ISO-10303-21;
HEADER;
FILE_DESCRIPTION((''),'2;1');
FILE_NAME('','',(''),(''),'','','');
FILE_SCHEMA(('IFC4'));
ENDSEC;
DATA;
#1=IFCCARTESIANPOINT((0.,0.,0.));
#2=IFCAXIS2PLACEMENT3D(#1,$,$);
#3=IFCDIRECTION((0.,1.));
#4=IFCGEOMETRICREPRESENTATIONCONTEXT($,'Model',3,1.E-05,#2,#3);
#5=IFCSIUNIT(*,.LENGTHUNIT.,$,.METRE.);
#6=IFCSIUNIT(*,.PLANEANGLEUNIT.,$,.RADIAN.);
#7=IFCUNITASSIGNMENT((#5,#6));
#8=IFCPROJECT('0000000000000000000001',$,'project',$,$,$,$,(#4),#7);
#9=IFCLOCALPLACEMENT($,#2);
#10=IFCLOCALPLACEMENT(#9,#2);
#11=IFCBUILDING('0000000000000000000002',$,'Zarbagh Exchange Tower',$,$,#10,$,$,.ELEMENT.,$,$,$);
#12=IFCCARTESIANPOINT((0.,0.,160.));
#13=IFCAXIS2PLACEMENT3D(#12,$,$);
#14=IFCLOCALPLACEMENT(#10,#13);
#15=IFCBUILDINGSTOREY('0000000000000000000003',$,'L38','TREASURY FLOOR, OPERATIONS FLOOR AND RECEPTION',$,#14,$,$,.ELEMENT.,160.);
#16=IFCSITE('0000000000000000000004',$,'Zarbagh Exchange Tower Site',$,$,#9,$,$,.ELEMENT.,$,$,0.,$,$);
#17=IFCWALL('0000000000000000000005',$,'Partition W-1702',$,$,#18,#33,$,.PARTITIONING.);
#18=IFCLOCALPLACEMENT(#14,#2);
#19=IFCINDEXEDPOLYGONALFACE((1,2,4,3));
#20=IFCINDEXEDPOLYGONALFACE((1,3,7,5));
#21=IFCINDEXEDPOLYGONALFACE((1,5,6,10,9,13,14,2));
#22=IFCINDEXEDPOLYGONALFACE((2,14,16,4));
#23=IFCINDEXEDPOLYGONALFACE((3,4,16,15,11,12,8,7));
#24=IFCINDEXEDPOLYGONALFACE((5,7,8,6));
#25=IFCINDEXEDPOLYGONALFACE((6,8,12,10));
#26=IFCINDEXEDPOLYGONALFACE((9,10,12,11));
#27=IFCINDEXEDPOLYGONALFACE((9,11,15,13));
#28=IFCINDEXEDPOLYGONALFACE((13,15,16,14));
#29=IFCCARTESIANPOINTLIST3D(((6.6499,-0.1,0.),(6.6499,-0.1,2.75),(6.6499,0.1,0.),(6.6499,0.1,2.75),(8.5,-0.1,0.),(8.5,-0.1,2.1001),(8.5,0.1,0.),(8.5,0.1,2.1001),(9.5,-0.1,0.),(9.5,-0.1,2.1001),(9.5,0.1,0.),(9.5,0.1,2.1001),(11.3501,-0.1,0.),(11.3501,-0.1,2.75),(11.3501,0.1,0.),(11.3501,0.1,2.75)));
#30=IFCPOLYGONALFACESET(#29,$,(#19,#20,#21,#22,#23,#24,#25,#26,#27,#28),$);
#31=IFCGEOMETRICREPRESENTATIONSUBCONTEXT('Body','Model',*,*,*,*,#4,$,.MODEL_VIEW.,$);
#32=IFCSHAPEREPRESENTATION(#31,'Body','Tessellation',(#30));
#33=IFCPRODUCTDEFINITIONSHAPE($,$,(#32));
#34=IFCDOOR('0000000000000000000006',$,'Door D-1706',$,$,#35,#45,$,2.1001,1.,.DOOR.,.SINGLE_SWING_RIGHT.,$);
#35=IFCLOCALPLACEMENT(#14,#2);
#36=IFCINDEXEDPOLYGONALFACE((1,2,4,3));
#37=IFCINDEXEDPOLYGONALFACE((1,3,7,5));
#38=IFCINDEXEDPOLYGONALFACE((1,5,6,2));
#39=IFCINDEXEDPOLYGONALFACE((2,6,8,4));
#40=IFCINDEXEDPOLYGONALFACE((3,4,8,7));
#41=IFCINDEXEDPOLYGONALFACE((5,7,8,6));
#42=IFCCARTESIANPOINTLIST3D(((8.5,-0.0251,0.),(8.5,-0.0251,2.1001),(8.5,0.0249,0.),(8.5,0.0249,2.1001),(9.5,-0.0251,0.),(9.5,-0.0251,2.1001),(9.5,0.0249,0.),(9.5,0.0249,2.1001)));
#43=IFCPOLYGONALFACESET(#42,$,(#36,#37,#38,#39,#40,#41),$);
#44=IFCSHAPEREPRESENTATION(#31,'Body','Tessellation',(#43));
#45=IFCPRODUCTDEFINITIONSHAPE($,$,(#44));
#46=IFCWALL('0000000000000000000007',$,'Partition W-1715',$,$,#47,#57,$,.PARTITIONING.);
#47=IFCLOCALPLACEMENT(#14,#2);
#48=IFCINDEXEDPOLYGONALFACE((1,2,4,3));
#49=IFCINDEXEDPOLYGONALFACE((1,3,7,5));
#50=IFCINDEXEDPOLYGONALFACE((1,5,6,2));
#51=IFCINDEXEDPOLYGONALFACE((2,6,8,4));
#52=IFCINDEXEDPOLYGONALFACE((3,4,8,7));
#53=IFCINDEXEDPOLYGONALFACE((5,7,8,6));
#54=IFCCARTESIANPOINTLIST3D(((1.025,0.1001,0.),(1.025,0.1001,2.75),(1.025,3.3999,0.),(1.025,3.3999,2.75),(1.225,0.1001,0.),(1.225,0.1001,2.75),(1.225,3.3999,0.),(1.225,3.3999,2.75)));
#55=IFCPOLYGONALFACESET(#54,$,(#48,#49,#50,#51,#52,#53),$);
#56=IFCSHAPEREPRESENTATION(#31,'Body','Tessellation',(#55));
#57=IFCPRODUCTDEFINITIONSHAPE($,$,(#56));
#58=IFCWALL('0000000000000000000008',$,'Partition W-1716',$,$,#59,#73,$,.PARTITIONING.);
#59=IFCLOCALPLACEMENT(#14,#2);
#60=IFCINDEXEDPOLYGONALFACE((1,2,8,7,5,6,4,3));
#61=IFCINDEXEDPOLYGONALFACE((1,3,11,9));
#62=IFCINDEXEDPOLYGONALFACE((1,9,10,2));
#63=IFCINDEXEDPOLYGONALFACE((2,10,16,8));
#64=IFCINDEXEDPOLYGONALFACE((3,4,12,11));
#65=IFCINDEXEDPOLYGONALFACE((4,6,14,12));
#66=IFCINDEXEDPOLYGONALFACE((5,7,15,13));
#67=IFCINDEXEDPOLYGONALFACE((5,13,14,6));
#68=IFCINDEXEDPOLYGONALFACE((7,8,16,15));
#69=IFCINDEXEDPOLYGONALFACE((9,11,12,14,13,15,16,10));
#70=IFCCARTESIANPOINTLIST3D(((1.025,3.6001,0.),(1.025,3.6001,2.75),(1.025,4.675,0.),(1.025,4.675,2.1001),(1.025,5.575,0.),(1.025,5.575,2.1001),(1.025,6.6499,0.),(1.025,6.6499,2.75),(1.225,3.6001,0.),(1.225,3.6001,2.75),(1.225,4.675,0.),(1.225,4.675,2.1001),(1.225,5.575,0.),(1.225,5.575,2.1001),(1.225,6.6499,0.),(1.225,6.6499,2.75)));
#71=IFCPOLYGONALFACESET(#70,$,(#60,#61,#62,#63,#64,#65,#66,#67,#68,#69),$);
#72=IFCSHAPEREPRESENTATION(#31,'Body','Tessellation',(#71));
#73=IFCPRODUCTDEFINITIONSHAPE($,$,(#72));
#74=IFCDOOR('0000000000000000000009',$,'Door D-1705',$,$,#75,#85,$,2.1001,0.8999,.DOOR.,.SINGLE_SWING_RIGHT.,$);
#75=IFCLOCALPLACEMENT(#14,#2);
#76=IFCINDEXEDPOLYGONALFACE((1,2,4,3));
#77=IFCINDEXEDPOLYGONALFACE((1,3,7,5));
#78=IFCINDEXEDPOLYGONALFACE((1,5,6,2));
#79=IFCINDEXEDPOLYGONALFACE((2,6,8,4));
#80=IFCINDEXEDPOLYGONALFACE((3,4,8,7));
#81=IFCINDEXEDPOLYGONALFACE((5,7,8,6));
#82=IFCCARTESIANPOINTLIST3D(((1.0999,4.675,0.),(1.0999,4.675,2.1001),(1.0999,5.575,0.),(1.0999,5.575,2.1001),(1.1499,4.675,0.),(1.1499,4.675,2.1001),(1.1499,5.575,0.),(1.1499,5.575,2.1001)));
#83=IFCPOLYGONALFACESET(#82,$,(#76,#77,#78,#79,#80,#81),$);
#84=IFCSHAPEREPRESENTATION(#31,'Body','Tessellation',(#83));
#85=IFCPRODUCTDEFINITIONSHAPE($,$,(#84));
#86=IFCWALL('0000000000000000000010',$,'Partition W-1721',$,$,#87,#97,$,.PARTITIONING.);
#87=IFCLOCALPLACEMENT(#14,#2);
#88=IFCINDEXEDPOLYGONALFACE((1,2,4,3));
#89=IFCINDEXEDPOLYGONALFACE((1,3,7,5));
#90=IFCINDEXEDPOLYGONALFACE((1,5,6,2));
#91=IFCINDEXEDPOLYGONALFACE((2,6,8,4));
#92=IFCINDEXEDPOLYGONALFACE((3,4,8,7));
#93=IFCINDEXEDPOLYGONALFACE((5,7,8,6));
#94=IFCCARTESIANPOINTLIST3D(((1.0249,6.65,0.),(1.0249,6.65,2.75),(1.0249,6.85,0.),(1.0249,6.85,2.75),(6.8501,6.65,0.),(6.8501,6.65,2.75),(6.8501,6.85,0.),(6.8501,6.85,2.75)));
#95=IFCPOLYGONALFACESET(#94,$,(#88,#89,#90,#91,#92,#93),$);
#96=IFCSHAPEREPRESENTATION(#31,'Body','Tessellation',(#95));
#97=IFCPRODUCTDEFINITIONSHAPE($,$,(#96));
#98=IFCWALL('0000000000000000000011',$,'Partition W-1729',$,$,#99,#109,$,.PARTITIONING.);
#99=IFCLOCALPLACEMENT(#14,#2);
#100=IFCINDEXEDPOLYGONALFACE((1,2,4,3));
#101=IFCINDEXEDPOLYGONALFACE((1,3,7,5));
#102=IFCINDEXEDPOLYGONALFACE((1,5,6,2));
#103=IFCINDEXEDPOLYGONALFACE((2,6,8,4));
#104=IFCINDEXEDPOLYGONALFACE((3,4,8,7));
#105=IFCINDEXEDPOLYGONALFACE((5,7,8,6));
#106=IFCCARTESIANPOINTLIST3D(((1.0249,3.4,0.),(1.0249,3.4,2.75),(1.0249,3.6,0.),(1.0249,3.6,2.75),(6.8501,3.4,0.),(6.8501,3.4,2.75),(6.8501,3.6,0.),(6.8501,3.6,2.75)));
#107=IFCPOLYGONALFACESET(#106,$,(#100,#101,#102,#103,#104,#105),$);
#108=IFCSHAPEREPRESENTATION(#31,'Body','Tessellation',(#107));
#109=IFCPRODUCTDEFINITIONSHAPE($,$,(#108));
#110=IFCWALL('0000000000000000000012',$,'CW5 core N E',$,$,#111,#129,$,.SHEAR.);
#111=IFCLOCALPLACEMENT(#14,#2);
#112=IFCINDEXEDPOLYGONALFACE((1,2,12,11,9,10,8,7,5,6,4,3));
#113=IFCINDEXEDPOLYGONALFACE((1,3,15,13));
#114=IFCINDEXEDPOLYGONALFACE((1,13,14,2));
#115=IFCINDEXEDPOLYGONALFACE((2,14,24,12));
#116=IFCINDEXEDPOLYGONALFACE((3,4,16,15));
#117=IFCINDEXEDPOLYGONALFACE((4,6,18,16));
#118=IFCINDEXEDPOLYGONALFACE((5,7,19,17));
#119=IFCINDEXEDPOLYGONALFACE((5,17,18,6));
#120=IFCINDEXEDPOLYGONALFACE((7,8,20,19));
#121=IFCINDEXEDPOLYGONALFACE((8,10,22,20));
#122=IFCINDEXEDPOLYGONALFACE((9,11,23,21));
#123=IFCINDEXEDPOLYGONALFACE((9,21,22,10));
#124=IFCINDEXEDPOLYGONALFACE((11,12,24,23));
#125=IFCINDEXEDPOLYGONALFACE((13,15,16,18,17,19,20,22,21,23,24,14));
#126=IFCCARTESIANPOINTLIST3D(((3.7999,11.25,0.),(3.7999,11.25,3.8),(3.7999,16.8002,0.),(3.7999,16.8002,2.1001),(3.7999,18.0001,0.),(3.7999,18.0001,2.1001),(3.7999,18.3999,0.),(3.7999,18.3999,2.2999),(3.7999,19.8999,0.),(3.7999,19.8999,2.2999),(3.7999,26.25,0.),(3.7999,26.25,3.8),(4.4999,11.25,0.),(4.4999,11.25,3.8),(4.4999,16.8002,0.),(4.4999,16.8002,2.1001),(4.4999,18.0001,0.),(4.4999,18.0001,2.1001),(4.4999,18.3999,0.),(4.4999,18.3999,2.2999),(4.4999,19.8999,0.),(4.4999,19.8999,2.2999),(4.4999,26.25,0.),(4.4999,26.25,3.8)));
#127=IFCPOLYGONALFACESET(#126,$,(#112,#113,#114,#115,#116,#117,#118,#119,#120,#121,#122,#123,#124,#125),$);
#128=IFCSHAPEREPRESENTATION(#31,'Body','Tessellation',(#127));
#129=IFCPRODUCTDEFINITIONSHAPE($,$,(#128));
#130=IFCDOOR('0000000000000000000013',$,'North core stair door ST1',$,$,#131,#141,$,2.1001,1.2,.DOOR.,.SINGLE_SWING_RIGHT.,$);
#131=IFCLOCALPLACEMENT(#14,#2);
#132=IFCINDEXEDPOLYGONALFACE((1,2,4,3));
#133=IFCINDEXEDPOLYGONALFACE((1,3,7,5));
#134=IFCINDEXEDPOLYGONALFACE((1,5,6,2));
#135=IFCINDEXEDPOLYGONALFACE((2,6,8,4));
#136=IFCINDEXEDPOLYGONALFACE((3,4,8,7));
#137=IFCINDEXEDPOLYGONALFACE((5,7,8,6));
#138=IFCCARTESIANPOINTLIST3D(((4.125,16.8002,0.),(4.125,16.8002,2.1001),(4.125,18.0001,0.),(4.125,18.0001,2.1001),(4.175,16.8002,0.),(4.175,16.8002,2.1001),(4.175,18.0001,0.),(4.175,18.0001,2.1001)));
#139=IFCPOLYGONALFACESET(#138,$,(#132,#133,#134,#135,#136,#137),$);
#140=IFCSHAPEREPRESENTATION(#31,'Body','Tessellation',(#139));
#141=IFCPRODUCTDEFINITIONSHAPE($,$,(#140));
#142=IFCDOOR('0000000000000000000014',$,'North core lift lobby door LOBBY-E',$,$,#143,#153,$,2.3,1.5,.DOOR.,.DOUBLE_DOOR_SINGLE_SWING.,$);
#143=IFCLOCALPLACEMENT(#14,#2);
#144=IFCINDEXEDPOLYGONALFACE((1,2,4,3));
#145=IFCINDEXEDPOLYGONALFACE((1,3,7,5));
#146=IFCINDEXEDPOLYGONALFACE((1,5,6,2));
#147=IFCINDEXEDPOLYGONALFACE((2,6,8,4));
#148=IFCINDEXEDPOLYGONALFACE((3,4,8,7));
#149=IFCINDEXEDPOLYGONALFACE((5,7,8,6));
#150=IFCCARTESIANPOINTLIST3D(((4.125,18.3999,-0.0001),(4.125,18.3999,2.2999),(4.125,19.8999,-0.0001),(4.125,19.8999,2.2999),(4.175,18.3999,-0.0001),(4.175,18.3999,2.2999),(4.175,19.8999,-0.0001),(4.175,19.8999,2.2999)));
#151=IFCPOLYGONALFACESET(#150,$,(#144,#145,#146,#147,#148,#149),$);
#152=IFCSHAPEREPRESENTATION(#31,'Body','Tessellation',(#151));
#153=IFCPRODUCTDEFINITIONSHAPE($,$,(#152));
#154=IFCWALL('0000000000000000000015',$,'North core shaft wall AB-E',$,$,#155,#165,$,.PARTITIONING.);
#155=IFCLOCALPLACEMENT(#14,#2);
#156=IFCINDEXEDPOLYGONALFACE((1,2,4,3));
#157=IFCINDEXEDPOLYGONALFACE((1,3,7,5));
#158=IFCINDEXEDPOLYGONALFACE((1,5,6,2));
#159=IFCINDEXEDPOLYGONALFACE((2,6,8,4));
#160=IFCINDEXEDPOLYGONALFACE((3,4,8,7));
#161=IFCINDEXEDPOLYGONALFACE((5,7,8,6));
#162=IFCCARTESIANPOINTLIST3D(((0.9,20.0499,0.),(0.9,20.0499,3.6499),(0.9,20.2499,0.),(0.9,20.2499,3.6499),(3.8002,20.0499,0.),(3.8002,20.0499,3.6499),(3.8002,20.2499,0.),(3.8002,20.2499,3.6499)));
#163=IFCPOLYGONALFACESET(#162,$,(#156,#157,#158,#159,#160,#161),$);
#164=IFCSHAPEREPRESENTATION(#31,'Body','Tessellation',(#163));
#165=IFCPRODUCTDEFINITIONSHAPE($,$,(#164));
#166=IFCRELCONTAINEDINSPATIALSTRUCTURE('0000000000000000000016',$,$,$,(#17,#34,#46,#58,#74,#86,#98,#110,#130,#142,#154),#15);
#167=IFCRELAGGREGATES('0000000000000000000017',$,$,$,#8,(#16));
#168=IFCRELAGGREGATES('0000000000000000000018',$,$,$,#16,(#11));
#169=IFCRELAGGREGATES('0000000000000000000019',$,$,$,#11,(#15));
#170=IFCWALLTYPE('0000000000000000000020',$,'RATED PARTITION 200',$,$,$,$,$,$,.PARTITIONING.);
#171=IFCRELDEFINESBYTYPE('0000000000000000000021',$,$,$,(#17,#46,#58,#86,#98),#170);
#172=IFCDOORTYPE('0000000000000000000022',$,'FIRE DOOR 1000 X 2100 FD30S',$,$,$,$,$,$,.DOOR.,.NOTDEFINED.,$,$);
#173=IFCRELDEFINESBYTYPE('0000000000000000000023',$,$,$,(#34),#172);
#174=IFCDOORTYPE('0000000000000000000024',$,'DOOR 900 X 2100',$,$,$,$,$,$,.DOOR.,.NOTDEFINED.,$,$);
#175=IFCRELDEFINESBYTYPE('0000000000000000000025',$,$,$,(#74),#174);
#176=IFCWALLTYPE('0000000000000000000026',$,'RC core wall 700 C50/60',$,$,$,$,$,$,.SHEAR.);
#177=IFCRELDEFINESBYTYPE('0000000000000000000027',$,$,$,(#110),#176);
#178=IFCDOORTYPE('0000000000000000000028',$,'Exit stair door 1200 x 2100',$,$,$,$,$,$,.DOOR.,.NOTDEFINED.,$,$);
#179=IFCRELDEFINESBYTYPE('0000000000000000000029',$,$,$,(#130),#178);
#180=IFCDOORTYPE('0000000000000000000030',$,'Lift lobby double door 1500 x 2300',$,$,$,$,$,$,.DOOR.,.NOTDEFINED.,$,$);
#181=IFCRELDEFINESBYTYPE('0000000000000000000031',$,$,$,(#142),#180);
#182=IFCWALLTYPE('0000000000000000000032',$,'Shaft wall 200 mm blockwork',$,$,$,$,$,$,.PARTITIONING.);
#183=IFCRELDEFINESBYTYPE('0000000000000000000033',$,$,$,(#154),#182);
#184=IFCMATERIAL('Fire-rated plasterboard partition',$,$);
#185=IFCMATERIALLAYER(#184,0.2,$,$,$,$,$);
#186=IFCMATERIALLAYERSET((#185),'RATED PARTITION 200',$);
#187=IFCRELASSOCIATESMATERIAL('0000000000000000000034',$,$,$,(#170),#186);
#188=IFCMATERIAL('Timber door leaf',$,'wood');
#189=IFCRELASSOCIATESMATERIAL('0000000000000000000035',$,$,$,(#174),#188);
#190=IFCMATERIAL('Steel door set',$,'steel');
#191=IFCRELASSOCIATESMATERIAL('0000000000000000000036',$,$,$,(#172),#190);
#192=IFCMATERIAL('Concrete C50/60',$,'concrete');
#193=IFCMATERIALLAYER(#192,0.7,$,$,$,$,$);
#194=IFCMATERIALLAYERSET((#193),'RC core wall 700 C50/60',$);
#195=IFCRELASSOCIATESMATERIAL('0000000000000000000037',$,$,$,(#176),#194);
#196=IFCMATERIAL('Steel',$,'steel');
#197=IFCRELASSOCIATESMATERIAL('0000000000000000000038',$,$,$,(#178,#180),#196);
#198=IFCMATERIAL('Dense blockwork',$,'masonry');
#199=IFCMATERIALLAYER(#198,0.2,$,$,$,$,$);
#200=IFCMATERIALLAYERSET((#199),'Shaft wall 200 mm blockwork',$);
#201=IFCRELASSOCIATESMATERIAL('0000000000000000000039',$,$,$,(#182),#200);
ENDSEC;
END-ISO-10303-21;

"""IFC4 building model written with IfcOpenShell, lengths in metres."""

from ifc_helpers import new_model, si_unit, direction, frame, frame_2d, origin, place, context, subcontext, project, spatial, rectangle, extrude, material, layer, layer_set, type_object, element, fill, save


model = new_model("IFC4")

# Units and contexts
model_context = context("Model", 3, precision=1e-05, world=origin(), true_north=direction((0.0, 1.0)))
body_context = subcontext(model_context, "Body", "Model", "MODEL_VIEW")
ifc_project = project(units=[si_unit("LENGTHUNIT", "METRE"), si_unit("PLANEANGLEUNIT", "RADIAN")], contexts=[model_context])

# Site, building, storey
site_placement = place(None, origin())
site = spatial("IfcSite", under=ifc_project, at=site_placement, Name="Zarbagh Exchange Tower Site", CompositionType="ELEMENT", RefElevation=0.0)
building_placement = place(site_placement, origin())
building = spatial("IfcBuilding", under=site, at=building_placement, Name="Zarbagh Exchange Tower", CompositionType="ELEMENT")
storey_placement = place(building_placement, frame((0.0, 0.0, 160.0)))
storey = spatial("IfcBuildingStorey", under=building, at=storey_placement, Name="L38", Description="TREASURY FLOOR, OPERATIONS FLOOR AND RECEPTION", CompositionType="ELEMENT", Elevation=160.0)

# Shared definitions
ifc_material_1 = material(Name="Concrete C50/60", Category="concrete")

# Shared definitions
ifc_material_2 = material(Name="Dense blockwork", Category="masonry")

# Wall, opening, door
ifc_material_3 = material(Name="Fire-rated plasterboard partition")
ifc_layer_1 = layer(ifc_material_3, 0.2)
ifc_layer_set_1 = layer_set([ifc_layer_1], Name="RATED PARTITION 200")
wall_type_1 = type_object("IfcWallType", Name="RATED PARTITION 200", PredefinedType="PARTITIONING", material=ifc_layer_set_1)
ifc_material_4 = material(Name="Timber door leaf", Category="wood")
door_type_1 = type_object("IfcDoorType", Name="DOOR 900 X 2100", OperationType="NOTDEFINED", PredefinedType="DOOR", material=ifc_material_4)
wall_1_placement = place(storey_placement, frame((6.6499, 0.0, 0.0), z_axis=(0.0, 0.0, 1.0), x_axis=(1.0, 0.0, 0.0)))
wall_1 = element("IfcWall", 1, at=wall_1_placement, inside=storey, type_object=wall_type_1, Name="Partition W-1702", PredefinedType="PARTITIONING", context=body_context, shape_type="SweptSolid", body=[
    extrude(rectangle(XDim=4.7002, YDim=0.2, at=frame_2d((2.3501, 0.0))), origin(), (0.0, 0.0, 1.0), 2.75),
])
opening_1_placement = place(wall_1_placement, frame((1.8501, 0.0, 0.0)))
opening_1 = element("IfcOpeningElement", 2, at=opening_1_placement, cuts=wall_1, PredefinedType="OPENING", context=body_context, shape_type="SweptSolid", body=[
    extrude(rectangle(XDim=1.0, YDim=2.1001, at=frame_2d((0.5, 1.05))), frame((0.0, 0.1099, 0.0), z_axis=(0.0, -1.0, 0.0), x_axis=(1.0, 0.0, 0.0)), (0.0, 0.0, 1.0), 0.22),
])
ifc_material_5 = material(Name="Steel door set", Category="steel")
door_type_2 = type_object("IfcDoorType", Name="FIRE DOOR 1000 X 2100 FD30S", OperationType="NOTDEFINED", PredefinedType="DOOR", material=ifc_material_5)
door_1_placement = place(opening_1_placement, origin())
door_1 = element("IfcDoor", 3, at=door_1_placement, inside=storey, type_object=door_type_2, Name="Door D-1706", OperationType="SINGLE_SWING_RIGHT", OverallHeight=2.1001, OverallWidth=1.0, PredefinedType="DOOR", context=body_context, shape_type="SweptSolid", body=[
    extrude(rectangle(XDim=1.0, YDim=2.1001, at=frame_2d((0.5, 1.05))), frame((0.0, 0.0249, 0.0), z_axis=(0.0, -1.0, 0.0), x_axis=(1.0, 0.0, 0.0)), (0.0, 0.0, 1.0), 0.05),
])
fill(opening_1, door_1)

# Wall
wall_2_placement = place(storey_placement, frame((1.125, 0.1001, 0.0), z_axis=(0.0, 0.0, 1.0), x_axis=(0.0, 1.0, 0.0)))
element("IfcWall", 4, at=wall_2_placement, inside=storey, type_object=wall_type_1, Name="Partition W-1715", PredefinedType="PARTITIONING", context=body_context, shape_type="SweptSolid", body=[
    extrude(rectangle(XDim=3.2998, YDim=0.2, at=frame_2d((1.6499, 0.0))), origin(), (0.0, 0.0, 1.0), 2.75),
])

# Wall, opening, door
wall_3_placement = place(storey_placement, frame((1.125, 6.6499, 0.0), z_axis=(0.0, 0.0, 1.0), x_axis=(0.0, -1.0, 0.0)))
wall_3 = element("IfcWall", 5, at=wall_3_placement, inside=storey, type_object=wall_type_1, Name="Partition W-1716", PredefinedType="PARTITIONING", context=body_context, shape_type="SweptSolid", body=[
    extrude(rectangle(XDim=3.0498, YDim=0.2, at=frame_2d((1.5249, 0.0))), origin(), (0.0, 0.0, 1.0), 2.75),
])
opening_2_placement = place(wall_3_placement, frame((1.075, 0.0, 0.0)))
opening_2 = element("IfcOpeningElement", 6, at=opening_2_placement, cuts=wall_3, PredefinedType="OPENING", context=body_context, shape_type="SweptSolid", body=[
    extrude(rectangle(XDim=0.8999, YDim=2.1001, at=frame_2d((0.45, 1.05))), frame((0.0, 0.1099, 0.0), z_axis=(0.0, -1.0, 0.0), x_axis=(1.0, 0.0, 0.0)), (0.0, 0.0, 1.0), 0.22),
])
door_2_placement = place(opening_2_placement, origin())
door_2 = element("IfcDoor", 7, at=door_2_placement, inside=storey, type_object=door_type_1, Name="Door D-1705", OperationType="SINGLE_SWING_RIGHT", OverallHeight=2.1001, OverallWidth=0.8999, PredefinedType="DOOR", context=body_context, shape_type="SweptSolid", body=[
    extrude(rectangle(XDim=0.8999, YDim=2.1001, at=frame_2d((0.45, 1.05))), frame((0.0, 0.0249, 0.0), z_axis=(0.0, -1.0, 0.0), x_axis=(1.0, 0.0, 0.0)), (0.0, 0.0, 1.0), 0.05),
])
fill(opening_2, door_2)

# Walls
for number, where, z_axis, x_axis, name in (
    (8, (1.0249, 6.75, 0.0), (0.0, 0.0, 1.0), (1.0, 0.0, 0.0), "Partition W-1721"),
    (9, (1.0249, 3.5, 0.0), (0.0, 0.0, 1.0), (1.0, 0.0, 0.0), "Partition W-1729"),
):
    element("IfcWall", number, at=place(storey_placement, frame(where, z_axis=z_axis, x_axis=x_axis)), inside=storey, type_object=wall_type_1, Name=name, PredefinedType="PARTITIONING", context=body_context, shape_type="SweptSolid", body=[
        extrude(rectangle(XDim=5.8252, YDim=0.2, at=frame_2d((2.9126, 0.0))), origin(), (0.0, 0.0, 1.0), 2.75),
    ])

# Wall, openings, doors
ifc_layer_2 = layer(ifc_material_1, 0.7)
ifc_layer_set_2 = layer_set([ifc_layer_2], Name="RC core wall 700 C50/60")
wall_type_2 = type_object("IfcWallType", Name="RC core wall 700 C50/60", PredefinedType="SHEAR", material=ifc_layer_set_2)
wall_4_placement = place(storey_placement, frame((4.1499, 11.25, 0.0), z_axis=(0.0, 0.0, 1.0), x_axis=(0.0, 1.0, 0.0)))
wall_4 = element("IfcWall", 10, at=wall_4_placement, inside=storey, type_object=wall_type_2, Name="CW5 core N E", PredefinedType="SHEAR", context=body_context, shape_type="SweptSolid", body=[
    extrude(rectangle(XDim=15.0, YDim=0.7, at=frame_2d((7.5, 0.0))), origin(), (0.0, 0.0, 1.0), 3.8),
])
opening_3_placement = place(wall_4_placement, frame((7.1499, 0.0, 0.0)))
opening_3 = element("IfcOpeningElement", 11, at=opening_3_placement, cuts=wall_4, PredefinedType="OPENING", context=body_context, shape_type="SweptSolid", body=[
    extrude(rectangle(XDim=1.5, YDim=2.3, at=frame_2d((0.75, 1.1499))), frame((0.0, 0.3599, 0.0), z_axis=(0.0, -1.0, 0.0), x_axis=(1.0, 0.0, 0.0)), (0.0, 0.0, 1.0), 0.72),
])
opening_4_placement = place(wall_4_placement, frame((5.55, 0.0, 0.0)))
opening_4 = element("IfcOpeningElement", 12, at=opening_4_placement, cuts=wall_4, PredefinedType="OPENING", context=body_context, shape_type="SweptSolid", body=[
    extrude(rectangle(XDim=1.2, YDim=2.1001, at=frame_2d((0.6001, 1.05))), frame((0.0, 0.3599, 0.0), z_axis=(0.0, -1.0, 0.0), x_axis=(1.0, 0.0, 0.0)), (0.0, 0.0, 1.0), 0.72),
])
ifc_material_6 = material(Name="Steel", Category="steel")
door_type_3 = type_object("IfcDoorType", Name="Exit stair door 1200 x 2100", OperationType="NOTDEFINED", PredefinedType="DOOR", material=ifc_material_6)
door_3_placement = place(opening_4_placement, origin())
door_3 = element("IfcDoor", 13, at=door_3_placement, inside=storey, type_object=door_type_3, Name="North core stair door ST1", OperationType="SINGLE_SWING_RIGHT", OverallHeight=2.1001, OverallWidth=1.2, PredefinedType="DOOR", context=body_context, shape_type="SweptSolid", body=[
    extrude(rectangle(XDim=1.2, YDim=2.1001, at=frame_2d((0.6001, 1.05))), frame((0.0, 0.0249, 0.0), z_axis=(0.0, -1.0, 0.0), x_axis=(1.0, 0.0, 0.0)), (0.0, 0.0, 1.0), 0.05),
])
fill(opening_4, door_3)
door_type_4 = type_object("IfcDoorType", Name="Lift lobby double door 1500 x 2300", OperationType="NOTDEFINED", PredefinedType="DOOR", material=ifc_material_6)
door_4_placement = place(opening_3_placement, origin())
door_4 = element("IfcDoor", 14, at=door_4_placement, inside=storey, type_object=door_type_4, Name="North core lift lobby door LOBBY-E", OperationType="DOUBLE_DOOR_SINGLE_SWING", OverallHeight=2.3, OverallWidth=1.5, PredefinedType="DOOR", context=body_context, shape_type="SweptSolid", body=[
    extrude(rectangle(XDim=1.5, YDim=2.3, at=frame_2d((0.75, 1.1499))), frame((0.0, 0.0249, 0.0), z_axis=(0.0, -1.0, 0.0), x_axis=(1.0, 0.0, 0.0)), (0.0, 0.0, 1.0), 0.05),
])
fill(opening_3, door_4)

# Wall
ifc_layer_3 = layer(ifc_material_2, 0.2)
ifc_layer_set_3 = layer_set([ifc_layer_3], Name="Shaft wall 200 mm blockwork")
wall_type_3 = type_object("IfcWallType", Name="Shaft wall 200 mm blockwork", PredefinedType="PARTITIONING", material=ifc_layer_set_3)
wall_5_placement = place(storey_placement, frame((0.8999, 20.1499, 0.0), z_axis=(0.0, 0.0, 1.0), x_axis=(1.0, 0.0, 0.0)))
element("IfcWall", 15, at=wall_5_placement, inside=storey, type_object=wall_type_3, Name="North core shaft wall AB-E", PredefinedType="PARTITIONING", context=body_context, shape_type="SweptSolid", body=[
    extrude(rectangle(XDim=2.9001, YDim=0.2, at=frame_2d((1.4502, 0.0))), origin(), (0.0, 0.0, 1.0), 3.6499),
])

save(model, "model.ifc")
